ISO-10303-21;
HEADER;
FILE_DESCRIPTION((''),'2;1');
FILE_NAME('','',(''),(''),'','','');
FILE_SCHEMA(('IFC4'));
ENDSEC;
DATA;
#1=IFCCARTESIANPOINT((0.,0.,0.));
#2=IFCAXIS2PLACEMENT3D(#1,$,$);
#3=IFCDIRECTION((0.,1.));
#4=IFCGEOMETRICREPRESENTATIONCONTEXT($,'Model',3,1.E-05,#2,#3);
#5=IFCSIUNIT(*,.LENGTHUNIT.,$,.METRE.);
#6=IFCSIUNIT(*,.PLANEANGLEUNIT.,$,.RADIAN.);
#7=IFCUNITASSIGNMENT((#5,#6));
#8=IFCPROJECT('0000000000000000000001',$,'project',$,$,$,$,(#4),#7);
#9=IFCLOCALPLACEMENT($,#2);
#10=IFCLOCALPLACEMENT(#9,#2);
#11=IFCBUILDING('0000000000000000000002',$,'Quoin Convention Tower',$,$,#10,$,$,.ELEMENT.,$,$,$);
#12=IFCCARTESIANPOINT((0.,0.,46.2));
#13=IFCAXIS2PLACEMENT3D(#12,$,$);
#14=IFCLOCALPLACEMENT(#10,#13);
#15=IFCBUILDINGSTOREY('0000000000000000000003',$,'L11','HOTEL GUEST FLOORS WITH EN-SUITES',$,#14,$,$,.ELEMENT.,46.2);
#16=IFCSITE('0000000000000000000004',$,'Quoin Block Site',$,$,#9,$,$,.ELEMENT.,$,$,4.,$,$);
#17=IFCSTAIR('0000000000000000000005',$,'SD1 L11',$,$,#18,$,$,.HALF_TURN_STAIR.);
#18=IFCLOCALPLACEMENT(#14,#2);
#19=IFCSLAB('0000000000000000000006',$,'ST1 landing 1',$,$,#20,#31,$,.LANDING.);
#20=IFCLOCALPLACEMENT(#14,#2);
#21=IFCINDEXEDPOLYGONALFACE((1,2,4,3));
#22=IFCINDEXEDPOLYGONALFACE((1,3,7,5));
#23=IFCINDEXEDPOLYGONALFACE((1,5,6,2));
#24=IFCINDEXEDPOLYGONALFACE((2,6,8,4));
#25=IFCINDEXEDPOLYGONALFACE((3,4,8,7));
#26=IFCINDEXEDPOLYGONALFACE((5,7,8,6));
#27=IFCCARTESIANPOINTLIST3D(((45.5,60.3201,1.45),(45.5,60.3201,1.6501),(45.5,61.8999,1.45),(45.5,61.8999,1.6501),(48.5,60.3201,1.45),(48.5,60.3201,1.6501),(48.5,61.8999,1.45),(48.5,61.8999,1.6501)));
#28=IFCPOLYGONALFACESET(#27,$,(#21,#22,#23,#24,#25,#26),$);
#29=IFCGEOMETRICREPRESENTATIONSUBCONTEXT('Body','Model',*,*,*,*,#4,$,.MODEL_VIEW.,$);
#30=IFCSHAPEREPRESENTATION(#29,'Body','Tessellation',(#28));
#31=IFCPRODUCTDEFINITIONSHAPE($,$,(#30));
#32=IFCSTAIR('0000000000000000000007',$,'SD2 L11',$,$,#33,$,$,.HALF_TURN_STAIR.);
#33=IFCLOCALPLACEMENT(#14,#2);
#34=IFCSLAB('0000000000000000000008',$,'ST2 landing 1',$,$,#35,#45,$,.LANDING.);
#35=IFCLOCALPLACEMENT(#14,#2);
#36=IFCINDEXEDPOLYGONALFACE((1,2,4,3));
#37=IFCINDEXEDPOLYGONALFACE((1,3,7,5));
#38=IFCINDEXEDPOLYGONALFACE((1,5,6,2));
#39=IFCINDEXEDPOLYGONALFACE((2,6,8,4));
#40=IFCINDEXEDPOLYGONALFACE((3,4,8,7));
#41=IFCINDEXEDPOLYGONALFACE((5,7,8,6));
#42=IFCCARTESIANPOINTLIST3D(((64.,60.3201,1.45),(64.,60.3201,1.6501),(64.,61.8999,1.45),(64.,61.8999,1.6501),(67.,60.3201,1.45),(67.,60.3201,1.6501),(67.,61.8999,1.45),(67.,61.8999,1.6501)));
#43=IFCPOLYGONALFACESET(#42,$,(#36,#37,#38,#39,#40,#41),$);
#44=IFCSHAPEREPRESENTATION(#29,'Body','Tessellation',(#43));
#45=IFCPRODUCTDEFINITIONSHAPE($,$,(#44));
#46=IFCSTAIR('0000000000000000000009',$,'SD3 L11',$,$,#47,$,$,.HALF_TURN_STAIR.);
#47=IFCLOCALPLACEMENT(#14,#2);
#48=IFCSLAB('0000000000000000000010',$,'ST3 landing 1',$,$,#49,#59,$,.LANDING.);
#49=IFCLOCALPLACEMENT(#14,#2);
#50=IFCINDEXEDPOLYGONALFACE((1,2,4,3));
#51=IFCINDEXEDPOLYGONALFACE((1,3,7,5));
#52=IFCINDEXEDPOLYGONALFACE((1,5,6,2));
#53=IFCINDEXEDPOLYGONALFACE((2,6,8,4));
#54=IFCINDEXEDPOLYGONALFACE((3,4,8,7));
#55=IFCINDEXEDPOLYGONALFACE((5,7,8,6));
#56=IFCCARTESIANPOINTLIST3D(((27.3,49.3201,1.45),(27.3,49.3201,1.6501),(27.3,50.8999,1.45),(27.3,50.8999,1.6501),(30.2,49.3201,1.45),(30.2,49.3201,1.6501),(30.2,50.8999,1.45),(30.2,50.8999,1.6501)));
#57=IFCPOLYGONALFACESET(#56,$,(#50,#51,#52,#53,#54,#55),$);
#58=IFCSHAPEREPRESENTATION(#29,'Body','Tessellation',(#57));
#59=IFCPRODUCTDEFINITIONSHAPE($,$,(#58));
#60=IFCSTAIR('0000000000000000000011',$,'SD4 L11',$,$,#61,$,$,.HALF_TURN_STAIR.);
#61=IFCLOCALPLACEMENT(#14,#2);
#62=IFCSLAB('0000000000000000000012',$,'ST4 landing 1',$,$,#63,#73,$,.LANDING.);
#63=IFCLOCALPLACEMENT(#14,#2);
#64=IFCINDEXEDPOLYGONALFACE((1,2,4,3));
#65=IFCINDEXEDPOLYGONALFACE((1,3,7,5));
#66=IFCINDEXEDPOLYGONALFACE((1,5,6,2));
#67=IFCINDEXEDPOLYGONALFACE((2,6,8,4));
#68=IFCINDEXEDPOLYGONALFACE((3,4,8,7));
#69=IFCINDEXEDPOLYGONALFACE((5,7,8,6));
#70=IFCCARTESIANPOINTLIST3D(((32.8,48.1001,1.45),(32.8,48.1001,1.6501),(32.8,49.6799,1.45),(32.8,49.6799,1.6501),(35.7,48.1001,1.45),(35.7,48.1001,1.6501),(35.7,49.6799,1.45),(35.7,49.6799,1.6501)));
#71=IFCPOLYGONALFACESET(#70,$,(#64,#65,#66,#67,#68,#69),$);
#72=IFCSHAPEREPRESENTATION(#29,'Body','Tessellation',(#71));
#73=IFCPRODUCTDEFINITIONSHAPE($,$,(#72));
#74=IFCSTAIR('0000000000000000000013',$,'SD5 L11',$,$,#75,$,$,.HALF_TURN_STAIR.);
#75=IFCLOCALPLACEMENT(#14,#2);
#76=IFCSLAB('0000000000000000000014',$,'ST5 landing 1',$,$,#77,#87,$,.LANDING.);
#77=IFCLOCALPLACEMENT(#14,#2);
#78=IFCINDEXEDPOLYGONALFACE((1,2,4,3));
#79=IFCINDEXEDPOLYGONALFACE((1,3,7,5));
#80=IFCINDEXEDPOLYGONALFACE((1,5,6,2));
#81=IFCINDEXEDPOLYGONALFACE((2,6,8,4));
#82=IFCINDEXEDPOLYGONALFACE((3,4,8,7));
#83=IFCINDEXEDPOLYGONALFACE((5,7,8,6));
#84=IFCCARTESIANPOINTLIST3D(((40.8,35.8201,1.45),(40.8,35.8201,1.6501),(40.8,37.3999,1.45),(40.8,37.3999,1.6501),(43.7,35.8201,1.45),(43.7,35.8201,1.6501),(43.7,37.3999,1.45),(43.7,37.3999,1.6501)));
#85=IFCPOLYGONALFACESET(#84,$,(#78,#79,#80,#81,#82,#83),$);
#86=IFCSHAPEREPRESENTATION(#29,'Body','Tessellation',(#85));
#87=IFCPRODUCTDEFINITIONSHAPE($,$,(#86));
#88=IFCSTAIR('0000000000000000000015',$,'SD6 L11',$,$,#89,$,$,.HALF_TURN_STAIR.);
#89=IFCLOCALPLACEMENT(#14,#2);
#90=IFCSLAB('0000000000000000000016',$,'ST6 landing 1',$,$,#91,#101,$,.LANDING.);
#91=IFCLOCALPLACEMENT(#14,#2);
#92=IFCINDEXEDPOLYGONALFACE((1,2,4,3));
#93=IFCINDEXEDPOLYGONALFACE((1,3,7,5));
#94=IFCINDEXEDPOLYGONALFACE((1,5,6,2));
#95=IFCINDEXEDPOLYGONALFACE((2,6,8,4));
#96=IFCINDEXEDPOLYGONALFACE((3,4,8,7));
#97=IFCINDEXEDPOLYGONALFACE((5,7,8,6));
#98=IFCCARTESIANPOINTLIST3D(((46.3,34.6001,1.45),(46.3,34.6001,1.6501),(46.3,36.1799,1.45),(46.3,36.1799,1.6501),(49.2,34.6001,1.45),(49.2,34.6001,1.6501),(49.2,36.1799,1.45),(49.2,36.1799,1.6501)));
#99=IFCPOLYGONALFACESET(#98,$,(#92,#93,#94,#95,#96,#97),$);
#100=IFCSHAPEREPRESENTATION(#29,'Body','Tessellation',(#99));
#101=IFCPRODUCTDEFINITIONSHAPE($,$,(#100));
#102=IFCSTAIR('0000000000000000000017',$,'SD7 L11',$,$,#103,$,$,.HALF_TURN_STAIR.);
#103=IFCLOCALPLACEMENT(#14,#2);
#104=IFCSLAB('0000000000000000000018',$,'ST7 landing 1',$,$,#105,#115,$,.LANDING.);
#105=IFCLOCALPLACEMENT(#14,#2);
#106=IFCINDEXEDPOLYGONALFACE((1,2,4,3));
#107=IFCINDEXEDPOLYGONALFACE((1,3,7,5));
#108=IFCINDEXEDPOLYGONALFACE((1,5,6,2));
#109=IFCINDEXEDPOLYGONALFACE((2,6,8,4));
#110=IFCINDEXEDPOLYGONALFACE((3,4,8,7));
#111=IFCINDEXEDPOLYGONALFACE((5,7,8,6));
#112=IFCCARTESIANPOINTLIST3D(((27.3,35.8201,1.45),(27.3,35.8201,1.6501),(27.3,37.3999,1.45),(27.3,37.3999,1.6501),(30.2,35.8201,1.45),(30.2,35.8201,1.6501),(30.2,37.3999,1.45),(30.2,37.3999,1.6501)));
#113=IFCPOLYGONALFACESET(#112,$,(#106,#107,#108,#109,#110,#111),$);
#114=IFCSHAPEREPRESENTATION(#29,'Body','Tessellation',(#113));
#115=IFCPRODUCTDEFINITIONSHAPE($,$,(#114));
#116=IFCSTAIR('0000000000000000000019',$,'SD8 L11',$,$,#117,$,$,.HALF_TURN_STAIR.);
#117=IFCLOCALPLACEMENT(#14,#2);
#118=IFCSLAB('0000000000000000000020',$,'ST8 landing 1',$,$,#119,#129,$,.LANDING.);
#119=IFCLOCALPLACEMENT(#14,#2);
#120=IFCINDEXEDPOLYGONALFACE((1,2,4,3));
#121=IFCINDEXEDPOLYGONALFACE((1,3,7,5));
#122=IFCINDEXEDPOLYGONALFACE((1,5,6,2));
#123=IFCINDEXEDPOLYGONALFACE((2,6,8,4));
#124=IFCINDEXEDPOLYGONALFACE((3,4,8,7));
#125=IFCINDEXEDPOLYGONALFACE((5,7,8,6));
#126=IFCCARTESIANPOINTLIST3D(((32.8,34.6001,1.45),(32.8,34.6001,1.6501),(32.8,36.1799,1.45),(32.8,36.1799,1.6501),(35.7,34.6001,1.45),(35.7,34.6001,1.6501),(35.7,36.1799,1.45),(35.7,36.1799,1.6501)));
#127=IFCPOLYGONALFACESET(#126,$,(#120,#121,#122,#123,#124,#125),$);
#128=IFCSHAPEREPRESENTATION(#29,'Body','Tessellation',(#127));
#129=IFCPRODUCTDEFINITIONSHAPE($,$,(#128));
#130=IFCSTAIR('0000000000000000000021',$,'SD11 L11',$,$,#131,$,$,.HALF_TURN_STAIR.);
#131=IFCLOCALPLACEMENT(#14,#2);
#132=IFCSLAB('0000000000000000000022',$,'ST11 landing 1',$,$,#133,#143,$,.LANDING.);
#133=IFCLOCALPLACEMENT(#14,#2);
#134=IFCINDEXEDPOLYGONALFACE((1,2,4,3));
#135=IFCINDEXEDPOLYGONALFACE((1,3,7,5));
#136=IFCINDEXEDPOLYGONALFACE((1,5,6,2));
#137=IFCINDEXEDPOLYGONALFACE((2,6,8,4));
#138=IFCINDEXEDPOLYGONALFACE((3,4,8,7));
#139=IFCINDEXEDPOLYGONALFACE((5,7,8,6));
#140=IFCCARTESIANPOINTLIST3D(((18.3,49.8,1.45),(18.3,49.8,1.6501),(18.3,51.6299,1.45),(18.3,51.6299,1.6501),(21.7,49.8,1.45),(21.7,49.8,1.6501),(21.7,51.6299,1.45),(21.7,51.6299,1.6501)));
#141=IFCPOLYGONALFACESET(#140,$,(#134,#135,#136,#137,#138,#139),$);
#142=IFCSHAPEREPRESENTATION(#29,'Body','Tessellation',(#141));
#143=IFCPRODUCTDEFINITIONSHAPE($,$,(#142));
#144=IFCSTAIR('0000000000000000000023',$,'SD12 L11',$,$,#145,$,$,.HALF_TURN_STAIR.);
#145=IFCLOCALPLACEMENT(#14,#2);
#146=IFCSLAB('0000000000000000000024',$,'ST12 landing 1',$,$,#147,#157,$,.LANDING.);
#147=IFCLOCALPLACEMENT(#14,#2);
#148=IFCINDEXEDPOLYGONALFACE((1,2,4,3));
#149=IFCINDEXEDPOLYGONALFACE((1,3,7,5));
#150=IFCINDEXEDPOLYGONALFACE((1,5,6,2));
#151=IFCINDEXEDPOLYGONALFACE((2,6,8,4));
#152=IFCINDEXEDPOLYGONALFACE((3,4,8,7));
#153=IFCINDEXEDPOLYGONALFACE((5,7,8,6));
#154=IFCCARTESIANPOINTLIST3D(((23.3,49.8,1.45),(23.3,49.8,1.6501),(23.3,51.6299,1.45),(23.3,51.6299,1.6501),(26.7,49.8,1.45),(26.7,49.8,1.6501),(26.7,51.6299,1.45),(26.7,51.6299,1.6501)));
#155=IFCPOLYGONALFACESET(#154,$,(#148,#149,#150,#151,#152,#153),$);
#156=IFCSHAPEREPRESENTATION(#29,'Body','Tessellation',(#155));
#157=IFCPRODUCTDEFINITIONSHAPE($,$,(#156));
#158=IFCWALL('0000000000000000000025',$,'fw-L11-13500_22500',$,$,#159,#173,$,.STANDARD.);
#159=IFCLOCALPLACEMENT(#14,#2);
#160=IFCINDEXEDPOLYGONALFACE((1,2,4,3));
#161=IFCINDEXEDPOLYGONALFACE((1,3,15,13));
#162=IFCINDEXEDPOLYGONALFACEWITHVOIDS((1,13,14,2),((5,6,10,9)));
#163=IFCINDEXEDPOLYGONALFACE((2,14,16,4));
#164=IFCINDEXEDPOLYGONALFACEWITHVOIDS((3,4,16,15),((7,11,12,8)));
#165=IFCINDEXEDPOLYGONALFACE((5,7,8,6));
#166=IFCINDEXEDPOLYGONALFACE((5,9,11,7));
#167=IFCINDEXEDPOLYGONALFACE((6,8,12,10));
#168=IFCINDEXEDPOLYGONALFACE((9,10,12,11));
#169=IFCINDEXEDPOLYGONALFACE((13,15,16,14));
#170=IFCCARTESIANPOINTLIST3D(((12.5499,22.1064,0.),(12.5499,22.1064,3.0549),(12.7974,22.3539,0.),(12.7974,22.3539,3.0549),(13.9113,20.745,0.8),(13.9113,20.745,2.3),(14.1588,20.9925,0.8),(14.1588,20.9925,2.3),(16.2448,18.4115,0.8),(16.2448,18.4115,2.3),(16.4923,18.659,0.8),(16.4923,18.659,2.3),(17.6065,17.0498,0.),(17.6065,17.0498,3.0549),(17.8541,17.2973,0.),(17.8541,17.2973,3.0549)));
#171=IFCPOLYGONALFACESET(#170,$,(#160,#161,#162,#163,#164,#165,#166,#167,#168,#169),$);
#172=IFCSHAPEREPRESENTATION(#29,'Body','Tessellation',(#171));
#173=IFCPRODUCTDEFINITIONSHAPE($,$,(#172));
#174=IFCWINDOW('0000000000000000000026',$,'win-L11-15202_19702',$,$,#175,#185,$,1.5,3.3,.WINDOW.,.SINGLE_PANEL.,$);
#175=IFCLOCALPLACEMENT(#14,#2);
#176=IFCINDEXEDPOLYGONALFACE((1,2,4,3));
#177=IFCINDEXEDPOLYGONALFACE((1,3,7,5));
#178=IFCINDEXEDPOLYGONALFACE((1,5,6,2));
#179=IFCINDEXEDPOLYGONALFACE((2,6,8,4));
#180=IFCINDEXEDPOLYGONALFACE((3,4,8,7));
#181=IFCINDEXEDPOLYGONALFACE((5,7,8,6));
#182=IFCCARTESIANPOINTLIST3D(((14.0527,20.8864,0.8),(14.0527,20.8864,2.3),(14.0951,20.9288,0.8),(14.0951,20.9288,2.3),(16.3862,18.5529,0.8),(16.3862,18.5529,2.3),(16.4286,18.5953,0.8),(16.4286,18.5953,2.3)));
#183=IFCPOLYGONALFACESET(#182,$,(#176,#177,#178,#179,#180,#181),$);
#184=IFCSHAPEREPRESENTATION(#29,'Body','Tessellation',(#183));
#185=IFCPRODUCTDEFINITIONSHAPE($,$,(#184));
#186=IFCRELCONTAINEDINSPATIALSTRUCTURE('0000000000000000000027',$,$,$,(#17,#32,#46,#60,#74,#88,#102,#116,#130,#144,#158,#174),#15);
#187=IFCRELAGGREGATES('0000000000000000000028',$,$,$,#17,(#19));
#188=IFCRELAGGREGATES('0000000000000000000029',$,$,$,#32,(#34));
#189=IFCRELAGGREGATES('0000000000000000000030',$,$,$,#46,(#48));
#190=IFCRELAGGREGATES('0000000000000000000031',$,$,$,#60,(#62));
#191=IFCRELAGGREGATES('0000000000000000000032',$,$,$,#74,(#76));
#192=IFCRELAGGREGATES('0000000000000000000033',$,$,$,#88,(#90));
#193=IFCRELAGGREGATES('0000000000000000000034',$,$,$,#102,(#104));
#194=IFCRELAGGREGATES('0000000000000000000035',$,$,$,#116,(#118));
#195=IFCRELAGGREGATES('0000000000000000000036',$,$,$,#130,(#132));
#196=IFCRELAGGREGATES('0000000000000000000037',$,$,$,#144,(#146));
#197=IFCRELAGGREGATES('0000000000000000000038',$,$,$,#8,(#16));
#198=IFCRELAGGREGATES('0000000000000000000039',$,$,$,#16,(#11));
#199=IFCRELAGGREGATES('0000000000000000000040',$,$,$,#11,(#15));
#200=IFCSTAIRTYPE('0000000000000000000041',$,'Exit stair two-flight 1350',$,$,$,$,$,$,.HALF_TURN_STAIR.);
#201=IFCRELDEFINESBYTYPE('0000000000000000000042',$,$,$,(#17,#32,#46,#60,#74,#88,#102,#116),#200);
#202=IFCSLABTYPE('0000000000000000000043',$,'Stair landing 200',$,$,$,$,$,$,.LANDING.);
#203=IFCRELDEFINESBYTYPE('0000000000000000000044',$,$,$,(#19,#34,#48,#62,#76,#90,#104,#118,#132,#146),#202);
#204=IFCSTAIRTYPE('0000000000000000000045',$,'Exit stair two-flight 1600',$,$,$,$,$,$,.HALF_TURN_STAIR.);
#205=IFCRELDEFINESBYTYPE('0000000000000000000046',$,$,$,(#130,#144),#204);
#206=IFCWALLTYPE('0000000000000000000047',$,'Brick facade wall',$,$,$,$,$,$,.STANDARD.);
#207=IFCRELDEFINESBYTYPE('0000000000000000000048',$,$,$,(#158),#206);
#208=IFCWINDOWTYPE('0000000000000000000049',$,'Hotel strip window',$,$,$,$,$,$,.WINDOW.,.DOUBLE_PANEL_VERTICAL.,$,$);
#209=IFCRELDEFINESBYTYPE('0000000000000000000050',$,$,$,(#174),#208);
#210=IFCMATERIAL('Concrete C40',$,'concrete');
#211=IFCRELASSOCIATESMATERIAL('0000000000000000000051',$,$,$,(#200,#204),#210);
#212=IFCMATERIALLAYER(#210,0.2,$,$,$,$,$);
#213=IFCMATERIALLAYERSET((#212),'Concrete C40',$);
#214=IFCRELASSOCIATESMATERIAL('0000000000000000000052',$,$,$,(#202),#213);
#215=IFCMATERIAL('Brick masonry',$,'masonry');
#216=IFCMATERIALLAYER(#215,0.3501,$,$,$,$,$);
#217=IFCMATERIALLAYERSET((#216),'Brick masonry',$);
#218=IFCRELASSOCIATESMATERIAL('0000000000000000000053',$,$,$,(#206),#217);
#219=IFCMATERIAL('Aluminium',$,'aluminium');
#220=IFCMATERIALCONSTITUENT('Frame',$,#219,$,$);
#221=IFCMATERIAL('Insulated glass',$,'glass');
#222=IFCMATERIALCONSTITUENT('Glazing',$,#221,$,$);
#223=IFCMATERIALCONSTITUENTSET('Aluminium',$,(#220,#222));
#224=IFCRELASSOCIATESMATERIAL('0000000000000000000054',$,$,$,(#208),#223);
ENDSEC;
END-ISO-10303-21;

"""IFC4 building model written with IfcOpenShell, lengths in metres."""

from ifc_helpers import new_model, si_unit, direction, frame, frame_2d, origin, place, context, subcontext, project, spatial, polyline, rectangle, outline, extrude, material, layer, layer_set, constituent, constituent_set, type_object, element, fill, aggregate, save


model = new_model("IFC4")

# Units and contexts
model_context = context("Model", 3, precision=1e-05, world=origin(), true_north=direction((0.0, 1.0)))
body_context = subcontext(model_context, "Body", "Model", "MODEL_VIEW")
ifc_project = project(units=[si_unit("LENGTHUNIT", "METRE"), si_unit("PLANEANGLEUNIT", "RADIAN")], contexts=[model_context])

# Site, building, storey
site_placement = place(None, origin())
site = spatial("IfcSite", under=ifc_project, at=site_placement, Name="Quoin Block Site", CompositionType="ELEMENT", RefElevation=4.0)
building_placement = place(site_placement, origin())
building = spatial("IfcBuilding", under=site, at=building_placement, Name="Quoin Convention Tower", CompositionType="ELEMENT")
storey_placement = place(building_placement, frame((0.0, 0.0, 46.2)))
storey = spatial("IfcBuildingStorey", under=building, at=storey_placement, Name="L11", Description="HOTEL GUEST FLOORS WITH EN-SUITES", CompositionType="ELEMENT", Elevation=46.2)

# Stairs, slabs
ifc_material_1 = material(Name="Concrete C40", Category="concrete")
stair_type_1 = type_object("IfcStairType", Name="Exit stair two-flight 1350", PredefinedType="HALF_TURN_STAIR", material=ifc_material_1)
stair_1_placement = place(storey_placement, origin())
stair_1 = element("IfcStair", 1, at=stair_1_placement, inside=storey, type_object=stair_type_1, Name="SD1 L11", PredefinedType="HALF_TURN_STAIR")
ifc_layer_1 = layer(ifc_material_1, 0.2)
ifc_layer_set_1 = layer_set([ifc_layer_1], Name="Concrete C40")
slab_type_1 = type_object("IfcSlabType", Name="Stair landing 200", PredefinedType="LANDING", material=ifc_layer_set_1)
slab_1_placement = place(storey_placement, frame((0.0, 0.0, 1.45)))
slab_1 = element("IfcSlab", 2, at=slab_1_placement, type_object=slab_type_1, Name="ST1 landing 1", PredefinedType="LANDING", context=body_context, shape_type="SweptSolid", body=[
    extrude(outline(polyline([(45.5, 60.3201), (48.5, 60.3201), (48.5, 61.8999), (45.5, 61.8999), (45.5, 60.3201)])), origin(), (0.0, 0.0, 1.0), 0.2002),
])
aggregate(stair_1, [slab_1])
stair_2_placement = place(storey_placement, origin())
stair_2 = element("IfcStair", 3, at=stair_2_placement, inside=storey, type_object=stair_type_1, Name="SD2 L11", PredefinedType="HALF_TURN_STAIR")
slab_2_placement = place(storey_placement, frame((0.0, 0.0, 1.45)))
slab_2 = element("IfcSlab", 4, at=slab_2_placement, type_object=slab_type_1, Name="ST2 landing 1", PredefinedType="LANDING", context=body_context, shape_type="SweptSolid", body=[
    extrude(outline(polyline([(64.0, 60.3201), (67.0, 60.3201), (67.0, 61.8999), (64.0, 61.8999), (64.0, 60.3201)])), origin(), (0.0, 0.0, 1.0), 0.2002),
])
aggregate(stair_2, [slab_2])
stair_3_placement = place(storey_placement, origin())
stair_3 = element("IfcStair", 5, at=stair_3_placement, inside=storey, type_object=stair_type_1, Name="SD3 L11", PredefinedType="HALF_TURN_STAIR")
slab_3_placement = place(storey_placement, frame((0.0, 0.0, 1.45)))
slab_3 = element("IfcSlab", 6, at=slab_3_placement, type_object=slab_type_1, Name="ST3 landing 1", PredefinedType="LANDING", context=body_context, shape_type="SweptSolid", body=[
    extrude(outline(polyline([(27.3, 49.3201), (30.2, 49.3201), (30.2, 50.8999), (27.3, 50.8999), (27.3, 49.3201)])), origin(), (0.0, 0.0, 1.0), 0.2002),
])
aggregate(stair_3, [slab_3])
stair_4_placement = place(storey_placement, origin())
stair_4 = element("IfcStair", 7, at=stair_4_placement, inside=storey, type_object=stair_type_1, Name="SD4 L11", PredefinedType="HALF_TURN_STAIR")
slab_4_placement = place(storey_placement, frame((0.0, 0.0, 1.45)))
slab_4 = element("IfcSlab", 8, at=slab_4_placement, type_object=slab_type_1, Name="ST4 landing 1", PredefinedType="LANDING", context=body_context, shape_type="SweptSolid", body=[
    extrude(outline(polyline([(35.7, 49.6799), (32.8, 49.6799), (32.8, 48.1001), (35.7, 48.1001), (35.7, 49.6799)])), origin(), (0.0, 0.0, 1.0), 0.2002),
])
aggregate(stair_4, [slab_4])
stair_5_placement = place(storey_placement, origin())
stair_5 = element("IfcStair", 9, at=stair_5_placement, inside=storey, type_object=stair_type_1, Name="SD5 L11", PredefinedType="HALF_TURN_STAIR")
slab_5_placement = place(storey_placement, frame((0.0, 0.0, 1.45)))
slab_5 = element("IfcSlab", 10, at=slab_5_placement, type_object=slab_type_1, Name="ST5 landing 1", PredefinedType="LANDING", context=body_context, shape_type="SweptSolid", body=[
    extrude(outline(polyline([(40.8, 35.8201), (43.7, 35.8201), (43.7, 37.3999), (40.8, 37.3999), (40.8, 35.8201)])), origin(), (0.0, 0.0, 1.0), 0.2002),
])
aggregate(stair_5, [slab_5])
stair_6_placement = place(storey_placement, origin())
stair_6 = element("IfcStair", 11, at=stair_6_placement, inside=storey, type_object=stair_type_1, Name="SD6 L11", PredefinedType="HALF_TURN_STAIR")
slab_6_placement = place(storey_placement, frame((0.0, 0.0, 1.45)))
slab_6 = element("IfcSlab", 12, at=slab_6_placement, type_object=slab_type_1, Name="ST6 landing 1", PredefinedType="LANDING", context=body_context, shape_type="SweptSolid", body=[
    extrude(outline(polyline([(49.2, 36.1799), (46.3, 36.1799), (46.3, 34.6001), (49.2, 34.6001), (49.2, 36.1799)])), origin(), (0.0, 0.0, 1.0), 0.2002),
])
aggregate(stair_6, [slab_6])
stair_7_placement = place(storey_placement, origin())
stair_7 = element("IfcStair", 13, at=stair_7_placement, inside=storey, type_object=stair_type_1, Name="SD7 L11", PredefinedType="HALF_TURN_STAIR")
slab_7_placement = place(storey_placement, frame((0.0, 0.0, 1.45)))
slab_7 = element("IfcSlab", 14, at=slab_7_placement, type_object=slab_type_1, Name="ST7 landing 1", PredefinedType="LANDING", context=body_context, shape_type="SweptSolid", body=[
    extrude(outline(polyline([(27.3, 35.8201), (30.2, 35.8201), (30.2, 37.3999), (27.3, 37.3999), (27.3, 35.8201)])), origin(), (0.0, 0.0, 1.0), 0.2002),
])
aggregate(stair_7, [slab_7])
stair_8_placement = place(storey_placement, origin())
stair_8 = element("IfcStair", 15, at=stair_8_placement, inside=storey, type_object=stair_type_1, Name="SD8 L11", PredefinedType="HALF_TURN_STAIR")
slab_8_placement = place(storey_placement, frame((0.0, 0.0, 1.45)))
slab_8 = element("IfcSlab", 16, at=slab_8_placement, type_object=slab_type_1, Name="ST8 landing 1", PredefinedType="LANDING", context=body_context, shape_type="SweptSolid", body=[
    extrude(outline(polyline([(35.7, 36.1799), (32.8, 36.1799), (32.8, 34.6001), (35.7, 34.6001), (35.7, 36.1799)])), origin(), (0.0, 0.0, 1.0), 0.2002),
])
aggregate(stair_8, [slab_8])
stair_type_2 = type_object("IfcStairType", Name="Exit stair two-flight 1600", PredefinedType="HALF_TURN_STAIR", material=ifc_material_1)
stair_9_placement = place(storey_placement, origin())
stair_9 = element("IfcStair", 17, at=stair_9_placement, inside=storey, type_object=stair_type_2, Name="SD11 L11", PredefinedType="HALF_TURN_STAIR")
slab_9_placement = place(storey_placement, frame((0.0, 0.0, 1.45)))
slab_9 = element("IfcSlab", 18, at=slab_9_placement, type_object=slab_type_1, Name="ST11 landing 1", PredefinedType="LANDING", context=body_context, shape_type="SweptSolid", body=[
    extrude(outline(polyline([(21.7, 51.6299), (18.3, 51.6299), (18.3, 49.8), (21.7, 49.8), (21.7, 51.6299)])), origin(), (0.0, 0.0, 1.0), 0.2002),
])
aggregate(stair_9, [slab_9])
stair_10_placement = place(storey_placement, origin())
stair_10 = element("IfcStair", 19, at=stair_10_placement, inside=storey, type_object=stair_type_2, Name="SD12 L11", PredefinedType="HALF_TURN_STAIR")
slab_10_placement = place(storey_placement, frame((0.0, 0.0, 1.45)))
slab_10 = element("IfcSlab", 20, at=slab_10_placement, type_object=slab_type_1, Name="ST12 landing 1", PredefinedType="LANDING", context=body_context, shape_type="SweptSolid", body=[
    extrude(outline(polyline([(26.7, 51.6299), (23.3, 51.6299), (23.3, 49.8), (26.7, 49.8), (26.7, 51.6299)])), origin(), (0.0, 0.0, 1.0), 0.2002),
])
aggregate(stair_10, [slab_10])

# Wall, opening, window
ifc_material_2 = material(Name="Brick masonry", Category="masonry")
ifc_layer_2 = layer(ifc_material_2, 0.3501)
ifc_layer_set_2 = layer_set([ifc_layer_2], Name="Brick masonry")
wall_type_1 = type_object("IfcWallType", Name="Brick facade wall", PredefinedType="STANDARD", material=ifc_layer_set_2)
wall_1_placement = place(storey_placement, frame((12.6736, 22.2302, 0.0), z_axis=(0.0, 0.0, 1.0), x_axis=(0.707107, -0.707107, 0.0)))
wall_1 = element("IfcWall", 21, at=wall_1_placement, inside=storey, type_object=wall_type_1, Name="fw-L11-13500_22500", PredefinedType="STANDARD", context=body_context, shape_type="SweptSolid", body=[
    extrude(rectangle(XDim=7.1511, YDim=0.3501, at=frame_2d((3.5757, 0.0))), origin(), (0.0, 0.0, 1.0), 3.0549),
])
opening_1_placement = place(wall_1_placement, frame((1.9255, 0.0, 0.8)))
opening_1 = element("IfcOpeningElement", 22, at=opening_1_placement, cuts=wall_1, PredefinedType="OPENING", context=body_context, shape_type="SweptSolid", body=[
    extrude(rectangle(XDim=3.3, YDim=1.5, at=frame_2d((1.6499, 0.75))), frame((0.0, 0.1851, 0.0), z_axis=(0.0, -1.0, 0.0), x_axis=(1.0, 0.0, 0.0)), (0.0, 0.0, 1.0), 0.3701),
])
ifc_material_3 = material(Name="Aluminium", Category="aluminium")
ifc_constituent_1 = constituent(ifc_material_3, Name="Frame")
ifc_material_4 = material(Name="Insulated glass", Category="glass")
ifc_constituent_2 = constituent(ifc_material_4, Name="Glazing")
ifc_constituent_set = constituent_set(constituents=[ifc_constituent_1, ifc_constituent_2], Name="Aluminium")
window_type = type_object("IfcWindowType", Name="Hotel strip window", PartitioningType="DOUBLE_PANEL_VERTICAL", PredefinedType="WINDOW", material=ifc_constituent_set)
window_1_placement = place(opening_1_placement, origin())
window_1 = element("IfcWindow", 23, at=window_1_placement, inside=storey, type_object=window_type, Name="win-L11-15202_19702", OverallHeight=1.5, OverallWidth=3.3, PartitioningType="SINGLE_PANEL", PredefinedType="WINDOW", context=body_context, shape_type="SweptSolid", body=[
    extrude(rectangle(XDim=3.3, YDim=1.5, at=frame_2d((1.6499, 0.75))), frame((0.0, 0.085, 0.0), z_axis=(0.0, -1.0, 0.0), x_axis=(1.0, 0.0, 0.0)), (0.0, 0.0, 1.0), 0.0601),
])
fill(opening_1, window_1)

save(model, "model.ifc")
